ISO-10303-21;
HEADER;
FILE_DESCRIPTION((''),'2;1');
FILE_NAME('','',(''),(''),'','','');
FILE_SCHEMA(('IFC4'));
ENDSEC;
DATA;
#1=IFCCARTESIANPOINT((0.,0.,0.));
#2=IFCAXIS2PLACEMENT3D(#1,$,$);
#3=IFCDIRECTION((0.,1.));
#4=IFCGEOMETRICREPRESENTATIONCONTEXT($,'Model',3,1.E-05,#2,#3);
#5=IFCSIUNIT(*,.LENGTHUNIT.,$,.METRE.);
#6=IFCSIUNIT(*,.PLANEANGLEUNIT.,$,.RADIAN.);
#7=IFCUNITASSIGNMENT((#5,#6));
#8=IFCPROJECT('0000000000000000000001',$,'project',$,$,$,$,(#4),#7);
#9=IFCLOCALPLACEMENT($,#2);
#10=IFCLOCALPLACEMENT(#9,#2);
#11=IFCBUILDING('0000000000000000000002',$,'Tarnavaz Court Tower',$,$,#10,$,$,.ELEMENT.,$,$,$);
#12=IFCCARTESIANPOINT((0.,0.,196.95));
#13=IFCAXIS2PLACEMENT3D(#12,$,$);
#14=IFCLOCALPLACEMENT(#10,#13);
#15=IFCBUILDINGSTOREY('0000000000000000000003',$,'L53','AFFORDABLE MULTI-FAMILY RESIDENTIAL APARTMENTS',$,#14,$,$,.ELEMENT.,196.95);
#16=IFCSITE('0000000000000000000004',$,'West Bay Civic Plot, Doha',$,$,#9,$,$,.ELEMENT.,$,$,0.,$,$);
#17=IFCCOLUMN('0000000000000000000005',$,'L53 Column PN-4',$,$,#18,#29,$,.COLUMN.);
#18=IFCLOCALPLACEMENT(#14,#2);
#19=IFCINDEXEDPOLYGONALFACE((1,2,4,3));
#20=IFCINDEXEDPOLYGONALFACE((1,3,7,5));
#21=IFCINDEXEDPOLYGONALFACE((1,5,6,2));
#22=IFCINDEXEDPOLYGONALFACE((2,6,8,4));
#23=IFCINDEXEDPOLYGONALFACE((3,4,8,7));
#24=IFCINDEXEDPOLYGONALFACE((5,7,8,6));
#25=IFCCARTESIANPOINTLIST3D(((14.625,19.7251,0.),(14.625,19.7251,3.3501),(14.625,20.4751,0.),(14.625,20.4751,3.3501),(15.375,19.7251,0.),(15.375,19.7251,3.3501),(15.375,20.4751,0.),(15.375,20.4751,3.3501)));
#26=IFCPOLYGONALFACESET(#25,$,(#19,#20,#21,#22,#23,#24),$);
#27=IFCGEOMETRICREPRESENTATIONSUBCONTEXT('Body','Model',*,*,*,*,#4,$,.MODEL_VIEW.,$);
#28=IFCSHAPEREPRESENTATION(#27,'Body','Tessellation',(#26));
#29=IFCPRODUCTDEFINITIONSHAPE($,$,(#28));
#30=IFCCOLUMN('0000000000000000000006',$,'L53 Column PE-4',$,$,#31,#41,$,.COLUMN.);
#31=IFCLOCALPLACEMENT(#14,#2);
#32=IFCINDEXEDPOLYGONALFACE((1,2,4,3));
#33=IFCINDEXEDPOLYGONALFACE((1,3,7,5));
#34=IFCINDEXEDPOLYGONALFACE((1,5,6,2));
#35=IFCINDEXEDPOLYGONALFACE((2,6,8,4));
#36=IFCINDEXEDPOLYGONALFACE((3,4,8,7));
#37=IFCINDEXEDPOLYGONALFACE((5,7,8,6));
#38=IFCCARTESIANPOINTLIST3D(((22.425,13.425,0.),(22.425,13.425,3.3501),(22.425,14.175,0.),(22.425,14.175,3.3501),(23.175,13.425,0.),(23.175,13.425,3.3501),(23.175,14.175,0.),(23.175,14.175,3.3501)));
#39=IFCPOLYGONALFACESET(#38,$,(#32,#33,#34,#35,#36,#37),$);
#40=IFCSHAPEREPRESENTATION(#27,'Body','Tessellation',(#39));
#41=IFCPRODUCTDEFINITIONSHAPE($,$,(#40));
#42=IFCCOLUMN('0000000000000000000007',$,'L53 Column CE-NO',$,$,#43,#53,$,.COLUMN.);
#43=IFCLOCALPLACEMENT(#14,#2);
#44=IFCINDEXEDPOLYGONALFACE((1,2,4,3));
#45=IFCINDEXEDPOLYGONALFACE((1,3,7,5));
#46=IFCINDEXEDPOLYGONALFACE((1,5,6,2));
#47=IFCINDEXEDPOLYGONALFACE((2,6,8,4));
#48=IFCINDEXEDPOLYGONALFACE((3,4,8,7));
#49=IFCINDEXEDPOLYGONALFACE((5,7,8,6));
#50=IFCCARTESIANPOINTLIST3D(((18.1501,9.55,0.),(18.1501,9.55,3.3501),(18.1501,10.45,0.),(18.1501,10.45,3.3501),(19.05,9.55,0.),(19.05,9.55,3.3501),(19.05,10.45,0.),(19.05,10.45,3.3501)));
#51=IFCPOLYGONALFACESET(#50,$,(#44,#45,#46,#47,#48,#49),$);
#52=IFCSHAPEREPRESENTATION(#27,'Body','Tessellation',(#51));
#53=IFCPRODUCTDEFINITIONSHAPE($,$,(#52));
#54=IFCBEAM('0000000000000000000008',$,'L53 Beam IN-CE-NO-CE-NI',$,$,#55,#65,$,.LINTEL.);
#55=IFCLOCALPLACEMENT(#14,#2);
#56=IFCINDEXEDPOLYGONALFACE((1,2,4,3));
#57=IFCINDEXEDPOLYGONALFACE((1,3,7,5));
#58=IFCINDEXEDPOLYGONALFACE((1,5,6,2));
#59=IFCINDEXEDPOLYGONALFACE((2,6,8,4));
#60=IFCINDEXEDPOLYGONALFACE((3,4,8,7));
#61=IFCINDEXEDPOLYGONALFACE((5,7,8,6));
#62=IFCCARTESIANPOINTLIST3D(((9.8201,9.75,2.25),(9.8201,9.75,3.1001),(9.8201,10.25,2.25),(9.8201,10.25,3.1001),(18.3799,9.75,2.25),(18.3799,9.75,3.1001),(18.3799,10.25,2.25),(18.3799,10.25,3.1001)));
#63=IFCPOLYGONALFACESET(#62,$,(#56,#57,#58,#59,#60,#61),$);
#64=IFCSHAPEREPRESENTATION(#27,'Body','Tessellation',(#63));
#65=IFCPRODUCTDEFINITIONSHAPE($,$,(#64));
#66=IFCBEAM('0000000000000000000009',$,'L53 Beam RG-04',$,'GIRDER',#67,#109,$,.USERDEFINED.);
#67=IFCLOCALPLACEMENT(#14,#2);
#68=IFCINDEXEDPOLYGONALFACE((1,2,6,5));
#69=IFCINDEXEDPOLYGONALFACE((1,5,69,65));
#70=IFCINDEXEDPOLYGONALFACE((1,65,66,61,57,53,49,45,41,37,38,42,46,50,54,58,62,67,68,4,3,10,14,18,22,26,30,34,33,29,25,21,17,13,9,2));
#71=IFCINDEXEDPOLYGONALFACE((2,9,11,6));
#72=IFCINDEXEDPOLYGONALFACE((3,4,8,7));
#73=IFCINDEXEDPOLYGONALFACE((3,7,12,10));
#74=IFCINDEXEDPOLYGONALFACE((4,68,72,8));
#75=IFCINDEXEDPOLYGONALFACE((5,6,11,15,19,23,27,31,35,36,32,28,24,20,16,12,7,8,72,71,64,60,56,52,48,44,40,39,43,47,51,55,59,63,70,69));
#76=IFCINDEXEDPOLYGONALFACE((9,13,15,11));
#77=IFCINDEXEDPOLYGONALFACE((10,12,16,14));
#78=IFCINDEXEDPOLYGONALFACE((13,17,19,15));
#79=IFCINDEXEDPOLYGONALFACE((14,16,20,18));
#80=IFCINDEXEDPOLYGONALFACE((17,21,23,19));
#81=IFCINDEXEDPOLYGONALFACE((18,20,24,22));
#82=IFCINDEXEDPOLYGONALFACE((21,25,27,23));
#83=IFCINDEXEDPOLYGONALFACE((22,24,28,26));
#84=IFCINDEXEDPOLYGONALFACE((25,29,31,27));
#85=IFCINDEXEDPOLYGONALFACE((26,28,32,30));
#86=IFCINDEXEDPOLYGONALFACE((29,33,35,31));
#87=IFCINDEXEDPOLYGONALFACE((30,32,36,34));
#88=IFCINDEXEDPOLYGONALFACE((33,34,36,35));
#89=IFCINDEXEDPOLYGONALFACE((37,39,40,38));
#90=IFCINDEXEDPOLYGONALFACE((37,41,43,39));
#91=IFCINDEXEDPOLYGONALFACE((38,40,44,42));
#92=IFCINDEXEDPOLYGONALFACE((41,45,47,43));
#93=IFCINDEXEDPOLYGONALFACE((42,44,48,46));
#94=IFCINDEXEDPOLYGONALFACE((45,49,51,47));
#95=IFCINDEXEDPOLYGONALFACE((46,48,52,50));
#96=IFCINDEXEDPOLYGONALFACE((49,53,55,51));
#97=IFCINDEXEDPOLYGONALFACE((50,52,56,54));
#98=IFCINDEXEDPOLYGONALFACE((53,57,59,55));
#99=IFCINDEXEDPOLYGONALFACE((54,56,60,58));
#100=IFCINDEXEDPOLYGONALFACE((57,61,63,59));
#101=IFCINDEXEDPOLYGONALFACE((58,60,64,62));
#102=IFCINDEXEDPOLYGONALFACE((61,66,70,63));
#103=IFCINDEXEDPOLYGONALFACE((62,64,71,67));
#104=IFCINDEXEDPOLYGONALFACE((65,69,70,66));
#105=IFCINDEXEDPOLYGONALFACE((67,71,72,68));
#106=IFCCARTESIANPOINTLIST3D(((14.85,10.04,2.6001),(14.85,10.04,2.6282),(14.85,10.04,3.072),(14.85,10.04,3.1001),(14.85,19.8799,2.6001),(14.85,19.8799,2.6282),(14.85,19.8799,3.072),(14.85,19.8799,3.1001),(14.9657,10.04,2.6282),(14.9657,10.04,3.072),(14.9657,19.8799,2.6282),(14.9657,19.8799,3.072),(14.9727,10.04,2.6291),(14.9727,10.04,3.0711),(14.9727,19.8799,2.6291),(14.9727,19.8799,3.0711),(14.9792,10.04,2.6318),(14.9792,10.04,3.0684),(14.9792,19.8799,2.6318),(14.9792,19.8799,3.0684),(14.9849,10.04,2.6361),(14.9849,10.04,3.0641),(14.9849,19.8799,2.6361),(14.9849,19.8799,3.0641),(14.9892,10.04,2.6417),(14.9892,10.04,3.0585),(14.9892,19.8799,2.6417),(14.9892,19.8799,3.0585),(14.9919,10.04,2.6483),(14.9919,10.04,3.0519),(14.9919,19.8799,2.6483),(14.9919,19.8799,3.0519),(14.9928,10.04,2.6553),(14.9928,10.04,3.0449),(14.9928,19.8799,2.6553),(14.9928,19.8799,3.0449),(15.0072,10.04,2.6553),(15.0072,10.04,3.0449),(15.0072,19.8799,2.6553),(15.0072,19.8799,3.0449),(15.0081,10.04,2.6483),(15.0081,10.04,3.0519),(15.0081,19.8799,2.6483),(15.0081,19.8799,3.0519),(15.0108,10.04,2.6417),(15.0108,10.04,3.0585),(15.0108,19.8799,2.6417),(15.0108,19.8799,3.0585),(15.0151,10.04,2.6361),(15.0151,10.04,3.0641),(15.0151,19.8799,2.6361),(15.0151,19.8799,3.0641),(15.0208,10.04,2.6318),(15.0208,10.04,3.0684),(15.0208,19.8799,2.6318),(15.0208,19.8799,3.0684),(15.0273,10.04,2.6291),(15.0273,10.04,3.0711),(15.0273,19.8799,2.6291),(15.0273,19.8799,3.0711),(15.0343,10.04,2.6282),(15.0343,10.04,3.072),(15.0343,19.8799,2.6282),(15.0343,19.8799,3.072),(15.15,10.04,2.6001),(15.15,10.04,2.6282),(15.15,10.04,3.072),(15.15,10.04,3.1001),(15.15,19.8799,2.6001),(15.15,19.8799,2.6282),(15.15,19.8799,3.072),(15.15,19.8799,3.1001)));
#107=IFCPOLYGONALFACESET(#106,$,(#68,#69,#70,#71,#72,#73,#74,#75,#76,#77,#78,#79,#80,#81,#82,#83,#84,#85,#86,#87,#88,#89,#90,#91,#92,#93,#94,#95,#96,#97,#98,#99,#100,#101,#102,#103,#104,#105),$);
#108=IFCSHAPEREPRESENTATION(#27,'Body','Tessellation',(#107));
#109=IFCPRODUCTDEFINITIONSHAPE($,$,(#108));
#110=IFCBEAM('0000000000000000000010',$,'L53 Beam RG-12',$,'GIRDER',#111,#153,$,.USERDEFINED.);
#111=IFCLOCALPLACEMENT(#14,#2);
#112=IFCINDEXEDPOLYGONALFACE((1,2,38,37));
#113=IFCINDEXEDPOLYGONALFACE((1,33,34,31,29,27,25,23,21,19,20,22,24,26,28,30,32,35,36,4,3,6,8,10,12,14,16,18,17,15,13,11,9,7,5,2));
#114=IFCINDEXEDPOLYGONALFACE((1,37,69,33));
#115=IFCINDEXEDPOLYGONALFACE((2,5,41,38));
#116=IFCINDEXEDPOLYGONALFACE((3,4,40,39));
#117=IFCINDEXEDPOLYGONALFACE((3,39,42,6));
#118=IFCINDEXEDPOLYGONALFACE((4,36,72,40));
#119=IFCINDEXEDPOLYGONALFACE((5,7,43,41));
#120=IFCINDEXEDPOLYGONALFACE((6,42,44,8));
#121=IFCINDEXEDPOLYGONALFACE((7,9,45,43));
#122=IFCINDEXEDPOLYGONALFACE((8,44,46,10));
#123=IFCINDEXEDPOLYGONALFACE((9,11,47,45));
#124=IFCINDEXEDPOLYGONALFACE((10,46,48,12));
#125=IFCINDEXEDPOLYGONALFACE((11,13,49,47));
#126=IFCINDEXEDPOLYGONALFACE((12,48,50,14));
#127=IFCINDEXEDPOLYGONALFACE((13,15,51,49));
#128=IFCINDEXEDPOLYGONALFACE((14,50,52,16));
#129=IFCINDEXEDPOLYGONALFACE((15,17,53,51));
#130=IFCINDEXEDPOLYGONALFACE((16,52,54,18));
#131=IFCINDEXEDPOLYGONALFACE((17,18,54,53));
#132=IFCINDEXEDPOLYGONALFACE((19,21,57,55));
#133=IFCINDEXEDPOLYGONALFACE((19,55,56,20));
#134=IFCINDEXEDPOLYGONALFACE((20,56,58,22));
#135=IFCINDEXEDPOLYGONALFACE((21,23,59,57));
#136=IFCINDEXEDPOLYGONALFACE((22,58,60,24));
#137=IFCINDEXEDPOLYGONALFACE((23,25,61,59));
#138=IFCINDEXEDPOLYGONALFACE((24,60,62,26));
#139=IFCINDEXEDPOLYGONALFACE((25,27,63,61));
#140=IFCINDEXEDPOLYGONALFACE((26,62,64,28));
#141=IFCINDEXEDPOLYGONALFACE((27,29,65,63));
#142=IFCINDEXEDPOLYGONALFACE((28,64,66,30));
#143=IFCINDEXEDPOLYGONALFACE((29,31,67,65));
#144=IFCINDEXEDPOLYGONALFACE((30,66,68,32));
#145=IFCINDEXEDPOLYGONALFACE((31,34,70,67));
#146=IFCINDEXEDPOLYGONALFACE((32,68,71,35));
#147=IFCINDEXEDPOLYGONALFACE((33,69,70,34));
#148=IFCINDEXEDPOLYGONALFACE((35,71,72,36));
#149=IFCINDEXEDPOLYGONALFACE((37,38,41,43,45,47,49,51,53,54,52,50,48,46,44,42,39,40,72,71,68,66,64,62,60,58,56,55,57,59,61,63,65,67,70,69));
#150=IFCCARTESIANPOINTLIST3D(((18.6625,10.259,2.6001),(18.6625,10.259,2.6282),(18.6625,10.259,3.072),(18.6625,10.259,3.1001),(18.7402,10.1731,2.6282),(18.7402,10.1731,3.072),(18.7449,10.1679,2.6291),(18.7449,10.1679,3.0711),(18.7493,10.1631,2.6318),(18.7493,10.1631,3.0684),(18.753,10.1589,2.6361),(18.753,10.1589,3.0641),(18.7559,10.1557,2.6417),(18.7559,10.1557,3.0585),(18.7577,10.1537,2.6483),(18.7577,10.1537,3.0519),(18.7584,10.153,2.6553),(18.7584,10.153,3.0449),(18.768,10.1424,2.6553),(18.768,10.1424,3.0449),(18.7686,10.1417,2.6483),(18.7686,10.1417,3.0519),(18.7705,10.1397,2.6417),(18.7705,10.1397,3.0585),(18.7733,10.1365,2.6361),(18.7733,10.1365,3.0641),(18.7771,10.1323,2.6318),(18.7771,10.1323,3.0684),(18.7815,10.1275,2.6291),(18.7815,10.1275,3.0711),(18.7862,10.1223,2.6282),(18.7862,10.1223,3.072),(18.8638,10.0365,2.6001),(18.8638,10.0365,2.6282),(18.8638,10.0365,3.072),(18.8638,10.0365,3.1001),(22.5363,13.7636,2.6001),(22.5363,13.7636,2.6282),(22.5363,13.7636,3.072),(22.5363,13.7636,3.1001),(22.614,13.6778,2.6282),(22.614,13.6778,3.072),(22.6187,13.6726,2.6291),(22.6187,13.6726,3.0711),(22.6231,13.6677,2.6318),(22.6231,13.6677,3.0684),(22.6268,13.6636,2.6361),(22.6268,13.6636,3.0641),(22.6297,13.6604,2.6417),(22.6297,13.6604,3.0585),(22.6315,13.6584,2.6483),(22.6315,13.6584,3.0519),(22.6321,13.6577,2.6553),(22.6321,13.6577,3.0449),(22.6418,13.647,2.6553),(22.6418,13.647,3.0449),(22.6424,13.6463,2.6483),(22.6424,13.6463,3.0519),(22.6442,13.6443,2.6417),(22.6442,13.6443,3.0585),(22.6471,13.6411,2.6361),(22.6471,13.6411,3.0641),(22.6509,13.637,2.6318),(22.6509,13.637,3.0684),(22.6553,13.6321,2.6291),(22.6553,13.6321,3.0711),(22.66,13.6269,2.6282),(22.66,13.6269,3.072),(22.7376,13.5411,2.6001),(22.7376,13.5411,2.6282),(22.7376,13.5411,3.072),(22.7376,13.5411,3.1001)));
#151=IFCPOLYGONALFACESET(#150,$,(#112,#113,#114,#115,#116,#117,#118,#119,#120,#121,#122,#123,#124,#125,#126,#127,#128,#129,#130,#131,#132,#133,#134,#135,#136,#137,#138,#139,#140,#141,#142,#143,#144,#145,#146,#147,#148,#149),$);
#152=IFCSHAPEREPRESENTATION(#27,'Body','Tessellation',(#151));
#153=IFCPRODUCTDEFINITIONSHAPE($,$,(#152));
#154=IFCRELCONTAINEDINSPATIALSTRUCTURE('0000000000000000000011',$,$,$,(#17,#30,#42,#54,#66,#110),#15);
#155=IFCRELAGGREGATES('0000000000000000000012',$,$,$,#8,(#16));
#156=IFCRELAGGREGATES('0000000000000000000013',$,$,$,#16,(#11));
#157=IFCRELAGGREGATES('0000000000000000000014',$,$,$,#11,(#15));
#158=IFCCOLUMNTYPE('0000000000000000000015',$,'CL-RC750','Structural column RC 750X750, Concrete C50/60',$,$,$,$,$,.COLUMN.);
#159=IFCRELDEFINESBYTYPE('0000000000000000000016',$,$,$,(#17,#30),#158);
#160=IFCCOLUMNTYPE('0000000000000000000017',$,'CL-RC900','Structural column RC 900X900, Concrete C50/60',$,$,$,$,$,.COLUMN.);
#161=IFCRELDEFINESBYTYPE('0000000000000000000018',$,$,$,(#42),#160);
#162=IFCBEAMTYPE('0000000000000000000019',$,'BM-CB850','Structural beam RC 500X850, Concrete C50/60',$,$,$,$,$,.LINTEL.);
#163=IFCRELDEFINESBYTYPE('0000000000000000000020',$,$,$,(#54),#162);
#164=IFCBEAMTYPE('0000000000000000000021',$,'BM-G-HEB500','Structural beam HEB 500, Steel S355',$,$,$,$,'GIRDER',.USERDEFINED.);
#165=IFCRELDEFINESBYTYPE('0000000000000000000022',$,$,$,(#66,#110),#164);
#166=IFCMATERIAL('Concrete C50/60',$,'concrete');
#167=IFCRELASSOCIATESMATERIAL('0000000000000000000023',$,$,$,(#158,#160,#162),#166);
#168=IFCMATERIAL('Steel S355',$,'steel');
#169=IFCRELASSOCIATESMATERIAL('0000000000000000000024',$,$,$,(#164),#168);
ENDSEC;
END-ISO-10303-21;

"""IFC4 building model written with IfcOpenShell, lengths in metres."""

from ifc_helpers import new_model, si_unit, direction, frame, origin, origin_2d, place, context, subcontext, project, spatial, rectangle, i_section, extrude, material, material_profile, profile_set, type_object, element, save


model = new_model("IFC4")

# Units and contexts
model_context = context("Model", 3, precision=1e-05, world=origin(), true_north=direction((0.0, 1.0)))
body_context = subcontext(model_context, "Body", "Model", "MODEL_VIEW")
ifc_project = project(units=[si_unit("LENGTHUNIT", "METRE"), si_unit("PLANEANGLEUNIT", "RADIAN")], contexts=[model_context])

# Site, building, storey
site_placement = place(None, origin())
site = spatial("IfcSite", under=ifc_project, at=site_placement, Name="West Bay Civic Plot, Doha", CompositionType="ELEMENT", RefElevation=0.0)
building_placement = place(site_placement, origin())
building = spatial("IfcBuilding", under=site, at=building_placement, Name="Tarnavaz Court Tower", CompositionType="ELEMENT")
storey_placement = place(building_placement, frame((0.0, 0.0, 196.95)))
storey = spatial("IfcBuildingStorey", under=building, at=storey_placement, Name="L53", Description="AFFORDABLE MULTI-FAMILY RESIDENTIAL APARTMENTS", CompositionType="ELEMENT", Elevation=196.95)

# Columns
ifc_material_1 = material(Name="Concrete C50/60", Category="concrete")
ifc_material_profile_1 = material_profile(ifc_material_1, rectangle(XDim=0.75, YDim=0.75, at=origin_2d()), Name="RC 750X750")
ifc_profile_set_1 = profile_set([ifc_material_profile_1], Name="Concrete C50/60")
column_type_1 = type_object("IfcColumnType", Name="CL-RC750", Description="Structural column RC 750X750, Concrete C50/60", PredefinedType="COLUMN", material=ifc_profile_set_1)
for number, where, z_axis, x_axis, name in (
    (1, (15.0, 20.1001, 0.0), (0.0, 0.0, 1.0), (1.0, 0.0, 0.0), "L53 Column PN-4"),
    (2, (22.8, 13.8, 0.0), (0.0, 0.0, 1.0), (1.0, 0.0, 0.0), "L53 Column PE-4"),
):
    element("IfcColumn", number, at=place(storey_placement, frame(where, z_axis=z_axis, x_axis=x_axis)), inside=storey, type_object=column_type_1, Name=name, PredefinedType="COLUMN", context=body_context, shape_type="SweptSolid", body=[
        extrude(rectangle(XDim=0.75, YDim=0.75, at=origin_2d()), origin(), (0.0, 0.0, 1.0), 3.3501),
    ])
ifc_material_profile_2 = material_profile(ifc_material_1, rectangle(XDim=0.8999, YDim=0.8999, at=origin_2d()), Name="RC 900X900")
ifc_profile_set_2 = profile_set([ifc_material_profile_2], Name="Concrete C50/60")
column_type_2 = type_object("IfcColumnType", Name="CL-RC900", Description="Structural column RC 900X900, Concrete C50/60", PredefinedType="COLUMN", material=ifc_profile_set_2)
column_placement = place(storey_placement, frame((18.6001, 10.0, 0.0), z_axis=(0.0, 0.0, 1.0), x_axis=(1.0, 0.0, 0.0)))
element("IfcColumn", 3, at=column_placement, inside=storey, type_object=column_type_2, Name="L53 Column CE-NO", PredefinedType="COLUMN", context=body_context, shape_type="SweptSolid", body=[
    extrude(rectangle(XDim=0.8999, YDim=0.8999, at=origin_2d()), origin(), (0.0, 0.0, 1.0), 3.3501),
])

# Beams
ifc_material_profile_3 = material_profile(ifc_material_1, rectangle(XDim=0.5, YDim=0.8501, at=origin_2d()), Name="RC 500X850")
ifc_profile_set_3 = profile_set([ifc_material_profile_3], Name="Concrete C50/60")
beam_type_1 = type_object("IfcBeamType", Name="BM-CB850", Description="Structural beam RC 500X850, Concrete C50/60", PredefinedType="LINTEL", material=ifc_profile_set_3)
beam_1_placement = place(storey_placement, frame((18.3799, 10.0, 2.675), z_axis=(-1.0, 0.0, 0.0), x_axis=(0.0, -1.0, 0.0)))
element("IfcBeam", 4, at=beam_1_placement, inside=storey, type_object=beam_type_1, Name="L53 Beam IN-CE-NO-CE-NI", PredefinedType="LINTEL", context=body_context, shape_type="SweptSolid", body=[
    extrude(rectangle(XDim=0.5, YDim=0.8501, at=origin_2d()), origin(), (0.0, 0.0, 1.0), 8.5598),
])
ifc_material_2 = material(Name="Steel S355", Category="steel")
ifc_material_profile_4 = material_profile(ifc_material_2, i_section(OverallWidth=0.3, OverallDepth=0.5, WebThickness=0.0144, FlangeThickness=0.0281, FilletRadius=0.0271, at=origin_2d()), Name="HEB 500")
ifc_profile_set_4 = profile_set([ifc_material_profile_4], Name="Steel S355")
beam_type_2 = type_object("IfcBeamType", Name="BM-G-HEB500", Description="Structural beam HEB 500, Steel S355", ElementType="GIRDER", PredefinedType="USERDEFINED", material=ifc_profile_set_4)
beam_2_placement = place(storey_placement, frame((15.0, 10.04, 2.8501), z_axis=(0.0, 1.0, 0.0), x_axis=(-1.0, 0.0, 0.0)))
element("IfcBeam", 5, at=beam_2_placement, inside=storey, type_object=beam_type_2, Name="L53 Beam RG-04", ObjectType="GIRDER", PredefinedType="USERDEFINED", context=body_context, shape_type="SweptSolid", body=[
    extrude(i_section(OverallWidth=0.3, OverallDepth=0.5, WebThickness=0.0144, FlangeThickness=0.0281, FilletRadius=0.0271, at=origin_2d()), origin(), (0.0, 0.0, 1.0), 9.8398),
])
beam_3_placement = place(storey_placement, frame((18.7632, 10.1477, 2.8501), z_axis=(0.741556, 0.670891, 0.0), x_axis=(-0.670891, 0.741556, 0.0)))
element("IfcBeam", 6, at=beam_3_placement, inside=storey, type_object=beam_type_2, Name="L53 Beam RG-12", ObjectType="GIRDER", PredefinedType="USERDEFINED", context=body_context, shape_type="SweptSolid", body=[
    extrude(i_section(OverallWidth=0.3, OverallDepth=0.5, WebThickness=0.0144, FlangeThickness=0.0281, FilletRadius=0.0271, at=origin_2d()), origin(), (0.0, 0.0, 1.0), 5.2239),
])

save(model, "model.ifc")
